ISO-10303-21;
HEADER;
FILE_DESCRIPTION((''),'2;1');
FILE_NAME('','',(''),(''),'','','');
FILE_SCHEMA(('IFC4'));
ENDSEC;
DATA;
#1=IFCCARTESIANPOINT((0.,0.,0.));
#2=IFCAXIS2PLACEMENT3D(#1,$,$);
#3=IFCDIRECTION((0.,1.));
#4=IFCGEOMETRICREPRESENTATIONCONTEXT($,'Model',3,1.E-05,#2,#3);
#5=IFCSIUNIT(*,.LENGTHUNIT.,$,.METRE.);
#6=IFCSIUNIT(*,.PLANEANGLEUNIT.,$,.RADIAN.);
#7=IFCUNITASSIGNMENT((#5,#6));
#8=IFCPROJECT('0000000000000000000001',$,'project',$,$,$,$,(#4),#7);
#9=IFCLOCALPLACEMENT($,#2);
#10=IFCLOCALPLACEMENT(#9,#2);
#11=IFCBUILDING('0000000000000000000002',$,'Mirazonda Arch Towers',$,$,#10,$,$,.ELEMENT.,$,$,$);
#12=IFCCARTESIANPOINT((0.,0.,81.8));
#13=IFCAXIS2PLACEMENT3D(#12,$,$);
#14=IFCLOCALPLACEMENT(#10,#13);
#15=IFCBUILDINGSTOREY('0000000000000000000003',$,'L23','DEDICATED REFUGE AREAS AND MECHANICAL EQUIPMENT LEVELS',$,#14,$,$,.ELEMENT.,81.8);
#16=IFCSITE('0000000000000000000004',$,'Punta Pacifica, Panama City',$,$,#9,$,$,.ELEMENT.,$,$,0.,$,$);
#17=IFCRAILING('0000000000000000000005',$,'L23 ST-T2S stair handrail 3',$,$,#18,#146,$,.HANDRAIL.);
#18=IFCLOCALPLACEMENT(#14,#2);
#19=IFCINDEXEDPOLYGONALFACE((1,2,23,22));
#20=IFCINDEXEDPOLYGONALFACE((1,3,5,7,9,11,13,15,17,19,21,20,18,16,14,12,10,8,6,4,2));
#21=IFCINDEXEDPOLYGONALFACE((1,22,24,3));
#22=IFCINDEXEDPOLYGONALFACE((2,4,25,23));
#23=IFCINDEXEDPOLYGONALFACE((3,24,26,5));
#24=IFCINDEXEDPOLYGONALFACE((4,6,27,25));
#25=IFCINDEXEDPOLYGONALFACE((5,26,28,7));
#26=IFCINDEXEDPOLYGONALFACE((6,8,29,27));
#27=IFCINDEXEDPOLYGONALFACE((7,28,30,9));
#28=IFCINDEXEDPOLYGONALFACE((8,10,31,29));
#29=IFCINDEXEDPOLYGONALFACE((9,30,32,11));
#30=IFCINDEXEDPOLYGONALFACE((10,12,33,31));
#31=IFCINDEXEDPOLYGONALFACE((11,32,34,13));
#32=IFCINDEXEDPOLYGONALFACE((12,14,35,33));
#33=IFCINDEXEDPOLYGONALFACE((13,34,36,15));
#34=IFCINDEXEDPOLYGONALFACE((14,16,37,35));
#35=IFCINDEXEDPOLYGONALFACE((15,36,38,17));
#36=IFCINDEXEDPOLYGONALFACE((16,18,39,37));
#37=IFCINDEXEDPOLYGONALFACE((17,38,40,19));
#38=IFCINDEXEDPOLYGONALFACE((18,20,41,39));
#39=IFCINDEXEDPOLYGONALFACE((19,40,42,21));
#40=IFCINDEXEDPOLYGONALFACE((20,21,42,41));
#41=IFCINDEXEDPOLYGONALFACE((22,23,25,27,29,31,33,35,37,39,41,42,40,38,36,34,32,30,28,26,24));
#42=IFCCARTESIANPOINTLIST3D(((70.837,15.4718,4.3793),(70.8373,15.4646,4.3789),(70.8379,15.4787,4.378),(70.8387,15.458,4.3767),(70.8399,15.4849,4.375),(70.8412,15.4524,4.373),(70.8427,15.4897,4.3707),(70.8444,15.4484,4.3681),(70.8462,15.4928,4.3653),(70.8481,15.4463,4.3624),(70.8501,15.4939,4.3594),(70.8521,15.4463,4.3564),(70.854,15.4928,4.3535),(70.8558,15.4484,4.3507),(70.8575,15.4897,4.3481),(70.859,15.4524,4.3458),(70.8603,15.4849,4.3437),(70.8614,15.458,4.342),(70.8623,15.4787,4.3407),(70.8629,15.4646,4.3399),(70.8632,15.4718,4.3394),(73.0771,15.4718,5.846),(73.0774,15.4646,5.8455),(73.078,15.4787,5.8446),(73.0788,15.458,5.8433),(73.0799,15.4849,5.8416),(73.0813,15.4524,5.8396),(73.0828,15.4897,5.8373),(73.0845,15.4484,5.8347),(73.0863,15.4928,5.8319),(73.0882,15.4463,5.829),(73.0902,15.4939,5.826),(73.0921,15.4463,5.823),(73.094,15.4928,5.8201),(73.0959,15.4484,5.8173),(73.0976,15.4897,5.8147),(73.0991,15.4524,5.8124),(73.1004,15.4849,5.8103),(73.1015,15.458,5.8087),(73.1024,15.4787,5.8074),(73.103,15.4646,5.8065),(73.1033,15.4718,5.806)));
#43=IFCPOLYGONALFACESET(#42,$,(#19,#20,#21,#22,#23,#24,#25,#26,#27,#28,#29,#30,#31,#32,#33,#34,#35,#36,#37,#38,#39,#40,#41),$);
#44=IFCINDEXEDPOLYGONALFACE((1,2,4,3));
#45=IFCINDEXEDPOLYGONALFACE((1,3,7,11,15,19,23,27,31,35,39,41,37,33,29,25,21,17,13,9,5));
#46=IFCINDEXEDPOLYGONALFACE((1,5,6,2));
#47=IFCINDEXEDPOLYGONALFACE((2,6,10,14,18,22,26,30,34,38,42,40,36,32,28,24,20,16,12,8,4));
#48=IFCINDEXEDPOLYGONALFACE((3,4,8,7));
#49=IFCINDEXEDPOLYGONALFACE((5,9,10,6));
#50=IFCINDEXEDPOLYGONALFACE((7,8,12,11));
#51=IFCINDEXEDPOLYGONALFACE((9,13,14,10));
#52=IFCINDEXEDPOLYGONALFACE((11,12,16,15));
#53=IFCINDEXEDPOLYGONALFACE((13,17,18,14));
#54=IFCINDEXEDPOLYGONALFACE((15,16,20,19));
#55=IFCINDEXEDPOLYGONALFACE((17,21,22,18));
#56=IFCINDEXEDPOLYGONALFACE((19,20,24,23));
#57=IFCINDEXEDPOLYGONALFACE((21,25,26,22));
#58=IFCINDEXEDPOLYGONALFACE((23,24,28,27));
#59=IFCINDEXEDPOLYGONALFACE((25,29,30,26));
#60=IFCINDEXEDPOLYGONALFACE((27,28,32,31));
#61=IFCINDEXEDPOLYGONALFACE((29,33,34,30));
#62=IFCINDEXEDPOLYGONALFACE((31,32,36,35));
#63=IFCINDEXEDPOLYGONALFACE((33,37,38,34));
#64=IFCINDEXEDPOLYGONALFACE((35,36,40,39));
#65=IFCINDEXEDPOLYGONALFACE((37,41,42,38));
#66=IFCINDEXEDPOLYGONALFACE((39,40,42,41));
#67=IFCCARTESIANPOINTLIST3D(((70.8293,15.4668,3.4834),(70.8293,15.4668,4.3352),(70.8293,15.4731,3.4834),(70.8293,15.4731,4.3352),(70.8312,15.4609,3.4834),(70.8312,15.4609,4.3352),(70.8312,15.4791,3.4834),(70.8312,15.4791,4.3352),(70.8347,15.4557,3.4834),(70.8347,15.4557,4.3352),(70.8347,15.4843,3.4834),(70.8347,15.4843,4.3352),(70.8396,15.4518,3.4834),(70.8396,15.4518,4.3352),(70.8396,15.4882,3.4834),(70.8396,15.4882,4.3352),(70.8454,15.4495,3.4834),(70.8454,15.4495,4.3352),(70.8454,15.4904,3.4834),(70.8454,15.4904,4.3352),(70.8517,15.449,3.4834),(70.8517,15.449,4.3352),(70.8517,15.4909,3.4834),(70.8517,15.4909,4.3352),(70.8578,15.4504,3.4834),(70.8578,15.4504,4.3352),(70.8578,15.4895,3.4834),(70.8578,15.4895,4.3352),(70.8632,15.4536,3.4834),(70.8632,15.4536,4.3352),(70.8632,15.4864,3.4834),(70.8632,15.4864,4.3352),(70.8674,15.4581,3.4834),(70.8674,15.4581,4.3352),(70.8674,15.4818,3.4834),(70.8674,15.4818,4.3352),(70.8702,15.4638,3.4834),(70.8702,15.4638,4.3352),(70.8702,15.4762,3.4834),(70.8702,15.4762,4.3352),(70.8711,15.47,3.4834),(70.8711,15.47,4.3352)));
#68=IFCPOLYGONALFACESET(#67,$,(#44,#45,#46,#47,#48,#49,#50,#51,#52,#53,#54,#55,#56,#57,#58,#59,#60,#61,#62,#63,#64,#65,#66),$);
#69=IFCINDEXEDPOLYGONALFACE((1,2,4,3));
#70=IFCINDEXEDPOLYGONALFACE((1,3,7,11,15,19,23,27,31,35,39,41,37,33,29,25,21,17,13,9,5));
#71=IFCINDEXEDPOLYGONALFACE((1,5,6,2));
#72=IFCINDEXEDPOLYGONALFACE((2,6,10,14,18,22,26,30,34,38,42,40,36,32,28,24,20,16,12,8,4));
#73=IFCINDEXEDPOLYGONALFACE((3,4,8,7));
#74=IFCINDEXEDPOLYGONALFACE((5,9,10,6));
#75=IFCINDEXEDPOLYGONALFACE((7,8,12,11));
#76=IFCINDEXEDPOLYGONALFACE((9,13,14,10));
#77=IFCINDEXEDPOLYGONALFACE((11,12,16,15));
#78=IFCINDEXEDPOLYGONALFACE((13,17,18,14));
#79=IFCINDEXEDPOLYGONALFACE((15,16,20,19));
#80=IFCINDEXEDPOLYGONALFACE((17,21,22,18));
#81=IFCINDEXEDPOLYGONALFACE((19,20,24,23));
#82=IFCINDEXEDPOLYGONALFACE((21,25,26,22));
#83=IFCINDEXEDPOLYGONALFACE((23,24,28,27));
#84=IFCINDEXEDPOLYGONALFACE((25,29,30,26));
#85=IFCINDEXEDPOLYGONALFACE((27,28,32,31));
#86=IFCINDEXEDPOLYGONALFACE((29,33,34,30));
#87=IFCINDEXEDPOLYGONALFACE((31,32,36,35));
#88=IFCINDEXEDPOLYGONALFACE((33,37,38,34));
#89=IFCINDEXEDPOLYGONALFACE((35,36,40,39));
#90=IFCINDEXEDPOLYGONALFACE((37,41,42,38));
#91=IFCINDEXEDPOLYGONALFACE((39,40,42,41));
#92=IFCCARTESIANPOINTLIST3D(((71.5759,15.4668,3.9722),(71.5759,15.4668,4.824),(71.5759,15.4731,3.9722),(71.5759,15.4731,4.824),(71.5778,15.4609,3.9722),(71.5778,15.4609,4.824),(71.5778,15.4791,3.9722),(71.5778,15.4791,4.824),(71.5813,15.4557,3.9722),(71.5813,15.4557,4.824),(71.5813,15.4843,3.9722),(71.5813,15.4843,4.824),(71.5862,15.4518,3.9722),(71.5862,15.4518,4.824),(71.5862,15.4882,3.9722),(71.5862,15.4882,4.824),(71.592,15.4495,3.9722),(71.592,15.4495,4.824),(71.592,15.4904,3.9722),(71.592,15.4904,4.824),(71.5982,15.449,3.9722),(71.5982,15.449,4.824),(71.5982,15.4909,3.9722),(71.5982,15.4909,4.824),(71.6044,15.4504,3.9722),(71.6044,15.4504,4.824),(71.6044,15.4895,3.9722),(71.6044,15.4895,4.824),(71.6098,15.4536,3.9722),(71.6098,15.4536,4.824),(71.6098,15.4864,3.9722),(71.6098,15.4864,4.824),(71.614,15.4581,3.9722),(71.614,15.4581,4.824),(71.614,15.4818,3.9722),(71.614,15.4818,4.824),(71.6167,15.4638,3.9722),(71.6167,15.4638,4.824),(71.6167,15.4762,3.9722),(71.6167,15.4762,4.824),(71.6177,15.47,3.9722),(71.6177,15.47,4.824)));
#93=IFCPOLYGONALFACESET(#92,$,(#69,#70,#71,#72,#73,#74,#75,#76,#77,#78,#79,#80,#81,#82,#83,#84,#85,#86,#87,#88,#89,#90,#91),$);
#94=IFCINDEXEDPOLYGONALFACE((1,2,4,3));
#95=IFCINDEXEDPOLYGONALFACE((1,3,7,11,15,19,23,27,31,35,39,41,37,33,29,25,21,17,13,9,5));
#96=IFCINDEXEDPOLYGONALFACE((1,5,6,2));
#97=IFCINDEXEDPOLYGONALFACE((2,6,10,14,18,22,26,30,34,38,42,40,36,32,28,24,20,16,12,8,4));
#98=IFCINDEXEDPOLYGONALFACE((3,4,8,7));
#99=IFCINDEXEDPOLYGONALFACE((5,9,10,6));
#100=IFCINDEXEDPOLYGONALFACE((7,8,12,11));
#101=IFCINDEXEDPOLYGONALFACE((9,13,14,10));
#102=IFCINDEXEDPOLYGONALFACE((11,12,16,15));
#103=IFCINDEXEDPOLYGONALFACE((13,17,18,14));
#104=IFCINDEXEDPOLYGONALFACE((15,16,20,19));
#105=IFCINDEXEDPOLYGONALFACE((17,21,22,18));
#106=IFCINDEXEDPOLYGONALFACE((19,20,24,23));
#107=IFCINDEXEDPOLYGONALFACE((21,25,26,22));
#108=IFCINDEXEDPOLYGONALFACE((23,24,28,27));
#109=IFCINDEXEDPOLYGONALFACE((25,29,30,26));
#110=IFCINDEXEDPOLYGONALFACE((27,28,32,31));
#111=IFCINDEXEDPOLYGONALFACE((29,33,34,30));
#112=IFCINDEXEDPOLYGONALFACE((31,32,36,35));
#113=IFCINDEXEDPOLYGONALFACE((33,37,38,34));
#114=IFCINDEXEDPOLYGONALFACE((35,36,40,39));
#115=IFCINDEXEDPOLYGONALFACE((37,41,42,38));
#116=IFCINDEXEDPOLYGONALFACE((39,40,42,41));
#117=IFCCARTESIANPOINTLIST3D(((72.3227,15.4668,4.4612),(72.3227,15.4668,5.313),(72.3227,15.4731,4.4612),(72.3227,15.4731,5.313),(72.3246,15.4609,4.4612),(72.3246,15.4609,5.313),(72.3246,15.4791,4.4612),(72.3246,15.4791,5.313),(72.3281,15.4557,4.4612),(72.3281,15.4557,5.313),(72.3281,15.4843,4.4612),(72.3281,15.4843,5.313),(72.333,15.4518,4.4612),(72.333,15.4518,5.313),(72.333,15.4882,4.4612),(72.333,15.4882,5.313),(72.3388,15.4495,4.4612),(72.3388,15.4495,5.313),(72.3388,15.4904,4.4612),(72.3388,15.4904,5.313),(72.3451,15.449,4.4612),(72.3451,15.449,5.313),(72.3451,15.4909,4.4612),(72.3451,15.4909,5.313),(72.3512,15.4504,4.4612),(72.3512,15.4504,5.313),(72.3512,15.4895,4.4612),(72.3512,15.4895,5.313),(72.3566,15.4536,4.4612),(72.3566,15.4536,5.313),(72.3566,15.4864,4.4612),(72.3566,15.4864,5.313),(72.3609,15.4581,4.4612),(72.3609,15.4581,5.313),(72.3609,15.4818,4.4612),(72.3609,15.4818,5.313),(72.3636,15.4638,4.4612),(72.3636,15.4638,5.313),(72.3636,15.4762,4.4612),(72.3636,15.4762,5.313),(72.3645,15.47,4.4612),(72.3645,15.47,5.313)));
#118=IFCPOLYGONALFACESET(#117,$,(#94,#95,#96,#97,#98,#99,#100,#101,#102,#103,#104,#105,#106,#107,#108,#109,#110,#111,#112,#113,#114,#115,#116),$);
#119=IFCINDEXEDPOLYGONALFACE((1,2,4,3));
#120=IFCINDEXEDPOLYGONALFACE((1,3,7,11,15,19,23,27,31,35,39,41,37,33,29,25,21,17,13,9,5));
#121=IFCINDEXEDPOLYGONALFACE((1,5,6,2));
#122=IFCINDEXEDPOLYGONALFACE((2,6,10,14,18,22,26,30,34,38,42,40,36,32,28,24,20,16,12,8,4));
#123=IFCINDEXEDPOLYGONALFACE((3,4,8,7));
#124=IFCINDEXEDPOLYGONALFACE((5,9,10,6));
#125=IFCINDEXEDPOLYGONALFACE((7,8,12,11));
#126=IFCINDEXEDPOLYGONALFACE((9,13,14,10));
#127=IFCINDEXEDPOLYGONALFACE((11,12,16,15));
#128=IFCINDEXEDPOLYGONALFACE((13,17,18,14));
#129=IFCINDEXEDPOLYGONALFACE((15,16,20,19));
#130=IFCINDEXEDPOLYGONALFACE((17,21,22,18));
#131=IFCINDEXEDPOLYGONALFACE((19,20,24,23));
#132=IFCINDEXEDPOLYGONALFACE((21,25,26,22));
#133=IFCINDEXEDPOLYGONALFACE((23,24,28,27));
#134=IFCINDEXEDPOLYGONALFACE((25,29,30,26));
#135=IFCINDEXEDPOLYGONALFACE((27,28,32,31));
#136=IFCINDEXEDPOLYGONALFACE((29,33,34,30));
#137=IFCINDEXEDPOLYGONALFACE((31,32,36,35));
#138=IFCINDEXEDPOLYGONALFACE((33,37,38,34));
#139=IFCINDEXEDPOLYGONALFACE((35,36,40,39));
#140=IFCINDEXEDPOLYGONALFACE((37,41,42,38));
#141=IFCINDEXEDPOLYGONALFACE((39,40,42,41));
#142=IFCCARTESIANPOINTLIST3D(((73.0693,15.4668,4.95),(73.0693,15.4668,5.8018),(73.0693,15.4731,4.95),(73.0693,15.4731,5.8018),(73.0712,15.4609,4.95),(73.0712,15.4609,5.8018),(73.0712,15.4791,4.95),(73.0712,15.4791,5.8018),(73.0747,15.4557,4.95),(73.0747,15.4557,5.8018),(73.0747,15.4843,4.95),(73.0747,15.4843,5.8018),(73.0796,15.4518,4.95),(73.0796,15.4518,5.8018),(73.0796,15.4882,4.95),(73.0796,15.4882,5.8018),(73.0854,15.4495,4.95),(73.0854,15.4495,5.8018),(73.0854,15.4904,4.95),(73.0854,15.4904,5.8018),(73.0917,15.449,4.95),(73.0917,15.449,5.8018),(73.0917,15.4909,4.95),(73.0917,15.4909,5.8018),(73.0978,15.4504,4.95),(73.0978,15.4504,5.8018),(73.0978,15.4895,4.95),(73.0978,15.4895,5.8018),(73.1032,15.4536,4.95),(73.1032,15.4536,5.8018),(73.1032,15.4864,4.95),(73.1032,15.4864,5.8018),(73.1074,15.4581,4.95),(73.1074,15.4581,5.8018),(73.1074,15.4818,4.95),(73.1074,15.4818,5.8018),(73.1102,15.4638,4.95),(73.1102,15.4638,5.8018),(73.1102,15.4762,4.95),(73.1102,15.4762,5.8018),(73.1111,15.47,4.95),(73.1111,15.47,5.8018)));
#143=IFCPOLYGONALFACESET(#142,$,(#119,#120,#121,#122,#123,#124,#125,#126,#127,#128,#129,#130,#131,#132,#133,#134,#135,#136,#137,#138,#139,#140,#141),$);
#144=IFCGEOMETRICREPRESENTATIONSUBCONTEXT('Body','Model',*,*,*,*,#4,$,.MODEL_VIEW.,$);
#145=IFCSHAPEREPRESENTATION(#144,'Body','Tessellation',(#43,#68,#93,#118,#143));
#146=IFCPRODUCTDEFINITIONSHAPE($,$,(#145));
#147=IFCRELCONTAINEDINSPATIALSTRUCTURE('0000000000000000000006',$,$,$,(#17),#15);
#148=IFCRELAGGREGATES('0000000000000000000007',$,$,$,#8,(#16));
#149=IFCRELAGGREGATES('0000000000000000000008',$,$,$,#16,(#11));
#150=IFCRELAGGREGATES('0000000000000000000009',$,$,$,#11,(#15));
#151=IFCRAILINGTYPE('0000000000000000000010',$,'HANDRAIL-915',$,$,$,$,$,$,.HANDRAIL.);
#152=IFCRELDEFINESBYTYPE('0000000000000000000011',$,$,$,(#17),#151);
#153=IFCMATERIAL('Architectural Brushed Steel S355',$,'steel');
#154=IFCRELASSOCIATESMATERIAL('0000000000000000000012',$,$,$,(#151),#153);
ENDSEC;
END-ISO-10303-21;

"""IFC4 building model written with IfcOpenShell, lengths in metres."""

from ifc_helpers import new_model, si_unit, direction, frame, origin, origin_2d, place, context, subcontext, project, spatial, circle, extrude, material, type_object, element, save


model = new_model("IFC4")

# Units and contexts
model_context = context("Model", 3, precision=1e-05, world=origin(), true_north=direction((0.0, 1.0)))
body_context = subcontext(model_context, "Body", "Model", "MODEL_VIEW")
ifc_project = project(units=[si_unit("LENGTHUNIT", "METRE"), si_unit("PLANEANGLEUNIT", "RADIAN")], contexts=[model_context])

# Site, building, storey
site_placement = place(None, origin())
site = spatial("IfcSite", under=ifc_project, at=site_placement, Name="Punta Pacifica, Panama City", CompositionType="ELEMENT", RefElevation=0.0)
building_placement = place(site_placement, origin())
building = spatial("IfcBuilding", under=site, at=building_placement, Name="Mirazonda Arch Towers", CompositionType="ELEMENT")
storey_placement = place(building_placement, frame((0.0, 0.0, 81.8)))
storey = spatial("IfcBuildingStorey", under=building, at=storey_placement, Name="L23", Description="DEDICATED REFUGE AREAS AND MECHANICAL EQUIPMENT LEVELS", CompositionType="ELEMENT", Elevation=81.8)

# Shared definitions
ifc_material_1 = material(Name="Architectural Brushed Steel S355", Category="steel")

# Railing
railing_type_1 = type_object("IfcRailingType", Name="HANDRAIL-915", PredefinedType="HANDRAIL", material=ifc_material_1)
railing_1_placement = place(storey_placement, frame((70.8501, 15.47, 3.4834)))
element("IfcRailing", 1, at=railing_1_placement, inside=storey, type_object=railing_type_1, Name="L23 ST-T2S stair handrail 3", PredefinedType="HANDRAIL", context=body_context, shape_type="SweptSolid", body=[
    extrude(circle(Radius=0.0239, at=origin_2d()), frame((0.0, 0.0, 0.876), z_axis=(0.836637, 0.0, 0.547758), x_axis=(0.0, 1.0, 0.0)), (0.0, 0.0, 1.0), 2.6775),
    extrude(circle(Radius=0.021, at=origin_2d()), origin(), (0.0, 0.0, 1.0), 0.8518),
    extrude(circle(Radius=0.021, at=origin_2d()), frame((0.7466, 0.0, 0.4888)), (0.0, 0.0, 1.0), 0.8518),
    extrude(circle(Radius=0.021, at=origin_2d()), frame((1.4934, 0.0, 0.9778)), (0.0, 0.0, 1.0), 0.8518),
    extrude(circle(Radius=0.021, at=origin_2d()), frame((2.24, 0.0, 1.4666)), (0.0, 0.0, 1.0), 0.8518),
])

save(model, "model.ifc")
